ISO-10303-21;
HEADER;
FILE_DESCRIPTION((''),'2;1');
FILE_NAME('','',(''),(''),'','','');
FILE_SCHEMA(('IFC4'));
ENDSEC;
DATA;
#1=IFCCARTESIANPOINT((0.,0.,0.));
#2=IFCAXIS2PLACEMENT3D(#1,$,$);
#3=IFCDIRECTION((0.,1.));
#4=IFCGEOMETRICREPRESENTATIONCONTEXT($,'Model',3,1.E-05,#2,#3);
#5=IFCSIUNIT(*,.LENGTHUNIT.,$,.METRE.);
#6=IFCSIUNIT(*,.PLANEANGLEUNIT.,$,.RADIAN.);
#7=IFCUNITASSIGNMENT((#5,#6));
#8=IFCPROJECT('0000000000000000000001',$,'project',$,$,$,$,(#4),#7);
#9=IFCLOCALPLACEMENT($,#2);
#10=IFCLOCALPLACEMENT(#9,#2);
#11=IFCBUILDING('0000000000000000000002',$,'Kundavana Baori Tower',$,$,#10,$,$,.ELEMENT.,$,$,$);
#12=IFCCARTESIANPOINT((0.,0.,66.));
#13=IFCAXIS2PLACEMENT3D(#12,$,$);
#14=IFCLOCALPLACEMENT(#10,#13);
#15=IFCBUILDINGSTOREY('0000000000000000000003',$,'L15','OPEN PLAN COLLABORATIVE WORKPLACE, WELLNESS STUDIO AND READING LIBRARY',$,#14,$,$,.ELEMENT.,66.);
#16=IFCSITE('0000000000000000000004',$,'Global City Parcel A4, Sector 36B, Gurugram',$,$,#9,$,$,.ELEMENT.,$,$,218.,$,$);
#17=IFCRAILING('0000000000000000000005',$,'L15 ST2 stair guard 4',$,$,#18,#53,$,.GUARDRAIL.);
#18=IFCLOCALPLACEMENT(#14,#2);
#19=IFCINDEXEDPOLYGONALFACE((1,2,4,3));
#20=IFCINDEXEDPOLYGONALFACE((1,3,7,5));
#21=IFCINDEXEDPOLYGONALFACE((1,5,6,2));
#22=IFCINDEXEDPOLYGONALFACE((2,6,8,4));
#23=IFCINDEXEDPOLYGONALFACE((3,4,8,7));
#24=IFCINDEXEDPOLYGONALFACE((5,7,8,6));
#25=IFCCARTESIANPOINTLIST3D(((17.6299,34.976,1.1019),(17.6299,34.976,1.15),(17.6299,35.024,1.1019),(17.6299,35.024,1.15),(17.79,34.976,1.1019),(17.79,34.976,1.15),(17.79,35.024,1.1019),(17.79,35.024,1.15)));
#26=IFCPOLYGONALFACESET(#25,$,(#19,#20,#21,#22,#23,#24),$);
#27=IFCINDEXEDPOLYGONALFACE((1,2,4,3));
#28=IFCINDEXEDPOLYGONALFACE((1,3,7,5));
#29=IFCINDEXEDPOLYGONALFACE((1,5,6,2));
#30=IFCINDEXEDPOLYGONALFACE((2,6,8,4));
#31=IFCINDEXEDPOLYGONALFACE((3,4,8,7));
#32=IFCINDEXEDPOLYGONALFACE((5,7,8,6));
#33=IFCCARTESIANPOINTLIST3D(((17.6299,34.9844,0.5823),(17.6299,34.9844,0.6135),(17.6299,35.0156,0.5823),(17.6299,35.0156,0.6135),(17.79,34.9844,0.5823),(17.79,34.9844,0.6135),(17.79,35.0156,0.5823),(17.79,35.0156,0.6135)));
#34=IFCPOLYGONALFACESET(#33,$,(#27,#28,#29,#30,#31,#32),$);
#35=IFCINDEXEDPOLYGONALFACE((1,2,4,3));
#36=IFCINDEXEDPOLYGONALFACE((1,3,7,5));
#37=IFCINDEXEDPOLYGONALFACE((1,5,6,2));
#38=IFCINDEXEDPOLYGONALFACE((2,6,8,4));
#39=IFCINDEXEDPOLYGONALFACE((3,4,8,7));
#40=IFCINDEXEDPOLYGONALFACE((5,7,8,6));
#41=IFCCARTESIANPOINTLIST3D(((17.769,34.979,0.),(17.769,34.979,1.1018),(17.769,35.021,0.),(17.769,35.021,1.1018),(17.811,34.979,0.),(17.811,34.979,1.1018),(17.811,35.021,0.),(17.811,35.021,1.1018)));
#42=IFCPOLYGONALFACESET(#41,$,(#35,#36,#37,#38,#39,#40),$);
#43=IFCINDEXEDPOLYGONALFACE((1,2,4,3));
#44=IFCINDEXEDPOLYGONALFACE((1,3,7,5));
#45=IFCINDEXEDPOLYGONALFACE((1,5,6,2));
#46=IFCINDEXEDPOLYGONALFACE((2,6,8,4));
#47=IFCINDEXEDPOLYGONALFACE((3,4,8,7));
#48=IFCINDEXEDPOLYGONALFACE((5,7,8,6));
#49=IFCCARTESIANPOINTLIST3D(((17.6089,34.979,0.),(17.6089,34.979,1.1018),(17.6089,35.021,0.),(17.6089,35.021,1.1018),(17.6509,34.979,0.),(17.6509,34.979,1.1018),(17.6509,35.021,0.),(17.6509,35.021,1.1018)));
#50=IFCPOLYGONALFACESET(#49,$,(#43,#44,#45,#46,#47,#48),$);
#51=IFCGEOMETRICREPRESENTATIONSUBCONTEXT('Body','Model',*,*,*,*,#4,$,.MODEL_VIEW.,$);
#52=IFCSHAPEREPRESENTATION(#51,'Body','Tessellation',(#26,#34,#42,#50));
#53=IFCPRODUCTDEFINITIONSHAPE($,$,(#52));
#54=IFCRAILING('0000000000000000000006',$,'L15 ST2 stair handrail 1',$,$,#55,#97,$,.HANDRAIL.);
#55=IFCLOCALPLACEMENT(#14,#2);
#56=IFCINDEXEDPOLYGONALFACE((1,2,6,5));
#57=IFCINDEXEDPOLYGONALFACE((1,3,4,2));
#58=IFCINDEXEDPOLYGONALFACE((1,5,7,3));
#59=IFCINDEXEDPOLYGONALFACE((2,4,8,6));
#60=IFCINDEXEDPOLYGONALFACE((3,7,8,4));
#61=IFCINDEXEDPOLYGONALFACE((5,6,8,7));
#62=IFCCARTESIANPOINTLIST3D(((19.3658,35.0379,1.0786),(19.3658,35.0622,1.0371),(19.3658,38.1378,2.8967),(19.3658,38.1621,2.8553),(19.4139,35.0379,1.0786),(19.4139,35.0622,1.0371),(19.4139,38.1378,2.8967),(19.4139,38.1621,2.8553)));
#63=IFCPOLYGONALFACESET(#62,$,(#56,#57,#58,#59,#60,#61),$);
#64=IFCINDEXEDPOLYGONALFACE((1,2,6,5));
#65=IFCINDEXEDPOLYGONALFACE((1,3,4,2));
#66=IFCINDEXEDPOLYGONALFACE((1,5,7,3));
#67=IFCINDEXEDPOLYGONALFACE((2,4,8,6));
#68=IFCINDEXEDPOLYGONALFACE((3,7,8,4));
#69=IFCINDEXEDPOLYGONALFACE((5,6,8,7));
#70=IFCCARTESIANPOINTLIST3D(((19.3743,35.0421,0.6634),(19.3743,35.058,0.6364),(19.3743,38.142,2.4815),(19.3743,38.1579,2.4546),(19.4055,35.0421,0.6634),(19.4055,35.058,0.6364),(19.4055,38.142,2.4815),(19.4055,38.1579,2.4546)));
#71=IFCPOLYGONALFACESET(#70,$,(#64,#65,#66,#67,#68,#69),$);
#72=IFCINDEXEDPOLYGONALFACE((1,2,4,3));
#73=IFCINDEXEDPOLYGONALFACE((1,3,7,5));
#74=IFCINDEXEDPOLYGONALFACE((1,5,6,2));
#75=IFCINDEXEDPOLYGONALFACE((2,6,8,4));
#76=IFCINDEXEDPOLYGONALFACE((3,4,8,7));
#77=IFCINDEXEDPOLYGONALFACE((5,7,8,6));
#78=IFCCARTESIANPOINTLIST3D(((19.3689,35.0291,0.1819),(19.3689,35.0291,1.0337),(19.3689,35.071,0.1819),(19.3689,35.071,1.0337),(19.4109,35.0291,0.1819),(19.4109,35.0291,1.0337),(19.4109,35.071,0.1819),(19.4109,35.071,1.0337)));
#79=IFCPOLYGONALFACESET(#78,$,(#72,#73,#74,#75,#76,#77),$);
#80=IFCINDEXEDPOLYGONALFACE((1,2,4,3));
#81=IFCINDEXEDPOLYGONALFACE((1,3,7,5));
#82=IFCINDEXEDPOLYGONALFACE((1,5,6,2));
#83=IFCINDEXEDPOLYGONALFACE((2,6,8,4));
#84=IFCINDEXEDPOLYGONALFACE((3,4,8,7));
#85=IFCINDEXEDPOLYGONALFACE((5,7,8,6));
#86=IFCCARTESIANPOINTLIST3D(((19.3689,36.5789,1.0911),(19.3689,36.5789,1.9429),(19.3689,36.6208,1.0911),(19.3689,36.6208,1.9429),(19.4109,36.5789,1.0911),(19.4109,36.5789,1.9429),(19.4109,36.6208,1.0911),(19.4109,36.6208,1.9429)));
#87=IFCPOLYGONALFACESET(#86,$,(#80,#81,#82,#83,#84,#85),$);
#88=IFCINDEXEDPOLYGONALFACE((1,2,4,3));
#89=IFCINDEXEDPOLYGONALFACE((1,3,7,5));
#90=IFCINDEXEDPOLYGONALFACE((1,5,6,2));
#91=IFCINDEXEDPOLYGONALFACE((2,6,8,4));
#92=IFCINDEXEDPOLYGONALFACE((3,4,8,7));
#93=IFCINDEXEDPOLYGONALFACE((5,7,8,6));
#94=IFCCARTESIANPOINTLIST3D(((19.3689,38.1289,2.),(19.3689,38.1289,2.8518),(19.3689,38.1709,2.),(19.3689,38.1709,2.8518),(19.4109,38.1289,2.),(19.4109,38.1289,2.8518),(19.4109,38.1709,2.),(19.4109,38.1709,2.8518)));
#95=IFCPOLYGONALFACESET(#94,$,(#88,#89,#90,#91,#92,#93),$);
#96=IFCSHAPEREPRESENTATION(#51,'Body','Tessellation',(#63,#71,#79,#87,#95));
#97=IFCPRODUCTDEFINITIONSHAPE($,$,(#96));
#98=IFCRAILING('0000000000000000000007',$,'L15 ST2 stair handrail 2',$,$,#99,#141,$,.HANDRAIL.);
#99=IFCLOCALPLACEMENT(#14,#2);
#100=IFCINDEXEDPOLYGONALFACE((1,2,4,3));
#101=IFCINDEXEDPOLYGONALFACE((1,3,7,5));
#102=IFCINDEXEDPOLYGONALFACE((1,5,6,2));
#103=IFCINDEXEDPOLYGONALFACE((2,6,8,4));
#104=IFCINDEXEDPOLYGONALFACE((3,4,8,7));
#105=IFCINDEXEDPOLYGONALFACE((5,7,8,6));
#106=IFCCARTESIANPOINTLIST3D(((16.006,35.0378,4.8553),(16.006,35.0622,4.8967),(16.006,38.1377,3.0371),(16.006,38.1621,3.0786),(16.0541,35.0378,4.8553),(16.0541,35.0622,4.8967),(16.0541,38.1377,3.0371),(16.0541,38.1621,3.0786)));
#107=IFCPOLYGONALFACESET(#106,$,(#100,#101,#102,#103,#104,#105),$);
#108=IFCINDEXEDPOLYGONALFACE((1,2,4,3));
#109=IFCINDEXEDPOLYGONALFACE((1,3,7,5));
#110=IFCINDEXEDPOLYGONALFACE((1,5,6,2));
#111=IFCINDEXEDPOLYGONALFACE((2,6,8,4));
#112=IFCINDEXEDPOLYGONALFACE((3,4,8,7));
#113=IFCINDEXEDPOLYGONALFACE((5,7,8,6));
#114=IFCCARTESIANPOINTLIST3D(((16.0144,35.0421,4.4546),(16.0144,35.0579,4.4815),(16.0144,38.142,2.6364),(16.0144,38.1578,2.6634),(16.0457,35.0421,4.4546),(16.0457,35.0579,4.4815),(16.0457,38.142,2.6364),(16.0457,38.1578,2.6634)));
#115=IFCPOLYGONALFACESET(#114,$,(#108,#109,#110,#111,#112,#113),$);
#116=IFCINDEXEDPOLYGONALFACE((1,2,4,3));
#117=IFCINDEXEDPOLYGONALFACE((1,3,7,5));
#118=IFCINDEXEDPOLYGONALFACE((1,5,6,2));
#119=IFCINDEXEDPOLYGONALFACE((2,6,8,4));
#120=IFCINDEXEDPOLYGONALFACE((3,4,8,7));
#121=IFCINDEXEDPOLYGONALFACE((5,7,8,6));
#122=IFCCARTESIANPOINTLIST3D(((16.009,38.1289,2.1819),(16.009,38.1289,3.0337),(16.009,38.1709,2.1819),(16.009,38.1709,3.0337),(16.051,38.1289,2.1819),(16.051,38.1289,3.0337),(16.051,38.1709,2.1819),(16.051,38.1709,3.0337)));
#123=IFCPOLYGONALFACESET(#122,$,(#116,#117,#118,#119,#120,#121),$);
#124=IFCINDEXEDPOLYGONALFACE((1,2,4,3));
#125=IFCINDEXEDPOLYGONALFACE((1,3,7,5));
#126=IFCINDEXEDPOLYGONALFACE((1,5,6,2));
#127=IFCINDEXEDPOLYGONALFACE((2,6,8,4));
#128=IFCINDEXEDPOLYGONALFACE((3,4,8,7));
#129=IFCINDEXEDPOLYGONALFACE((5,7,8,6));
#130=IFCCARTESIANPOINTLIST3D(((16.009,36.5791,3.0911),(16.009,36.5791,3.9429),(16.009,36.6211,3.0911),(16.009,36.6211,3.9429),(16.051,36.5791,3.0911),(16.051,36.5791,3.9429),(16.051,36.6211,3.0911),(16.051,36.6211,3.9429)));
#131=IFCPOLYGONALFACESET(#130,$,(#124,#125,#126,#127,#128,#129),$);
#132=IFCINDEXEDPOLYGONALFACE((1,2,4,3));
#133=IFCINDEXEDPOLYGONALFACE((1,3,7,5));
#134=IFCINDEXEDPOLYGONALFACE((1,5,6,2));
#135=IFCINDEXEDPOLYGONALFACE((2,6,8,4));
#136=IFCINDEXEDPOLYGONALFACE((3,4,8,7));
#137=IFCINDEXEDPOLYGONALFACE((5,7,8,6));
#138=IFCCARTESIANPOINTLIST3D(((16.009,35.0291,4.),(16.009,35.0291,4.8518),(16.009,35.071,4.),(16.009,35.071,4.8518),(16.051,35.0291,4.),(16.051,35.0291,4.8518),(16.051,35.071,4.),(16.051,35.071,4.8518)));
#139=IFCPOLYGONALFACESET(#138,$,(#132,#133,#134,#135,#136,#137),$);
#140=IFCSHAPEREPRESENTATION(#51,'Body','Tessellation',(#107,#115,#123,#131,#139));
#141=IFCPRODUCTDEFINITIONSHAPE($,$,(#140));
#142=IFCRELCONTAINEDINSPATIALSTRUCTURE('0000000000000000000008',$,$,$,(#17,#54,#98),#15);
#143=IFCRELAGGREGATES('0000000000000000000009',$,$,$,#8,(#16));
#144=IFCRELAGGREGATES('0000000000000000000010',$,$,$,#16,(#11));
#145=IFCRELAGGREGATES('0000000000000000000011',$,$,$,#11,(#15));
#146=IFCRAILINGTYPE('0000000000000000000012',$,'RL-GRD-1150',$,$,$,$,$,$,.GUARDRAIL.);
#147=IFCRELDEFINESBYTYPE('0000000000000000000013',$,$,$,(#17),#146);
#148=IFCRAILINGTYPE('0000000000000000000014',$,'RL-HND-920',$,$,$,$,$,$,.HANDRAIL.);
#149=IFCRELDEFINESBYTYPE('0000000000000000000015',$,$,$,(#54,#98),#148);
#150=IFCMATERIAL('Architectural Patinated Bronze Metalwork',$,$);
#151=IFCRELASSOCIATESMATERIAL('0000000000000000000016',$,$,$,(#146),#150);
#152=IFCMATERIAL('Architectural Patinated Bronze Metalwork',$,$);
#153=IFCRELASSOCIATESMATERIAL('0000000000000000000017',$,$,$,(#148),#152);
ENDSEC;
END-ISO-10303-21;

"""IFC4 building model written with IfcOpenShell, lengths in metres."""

from ifc_helpers import new_model, si_unit, direction, frame, origin, origin_2d, place, context, subcontext, project, spatial, rectangle, extrude, material, type_object, element, save


model = new_model("IFC4")

# Units and contexts
model_context = context("Model", 3, precision=1e-05, world=origin(), true_north=direction((0.0, 1.0)))
body_context = subcontext(model_context, "Body", "Model", "MODEL_VIEW")
ifc_project = project(units=[si_unit("LENGTHUNIT", "METRE"), si_unit("PLANEANGLEUNIT", "RADIAN")], contexts=[model_context])

# Site, building, storey
site_placement = place(None, origin())
site = spatial("IfcSite", under=ifc_project, at=site_placement, Name="Global City Parcel A4, Sector 36B, Gurugram", CompositionType="ELEMENT", RefElevation=218.0)
building_placement = place(site_placement, origin())
building = spatial("IfcBuilding", under=site, at=building_placement, Name="Kundavana Baori Tower", CompositionType="ELEMENT")
storey_placement = place(building_placement, frame((0.0, 0.0, 66.0)))
storey = spatial("IfcBuildingStorey", under=building, at=storey_placement, Name="L15", Description="OPEN PLAN COLLABORATIVE WORKPLACE, WELLNESS STUDIO AND READING LIBRARY", CompositionType="ELEMENT", Elevation=66.0)

# Railings
ifc_material_1 = material(Name="Architectural Patinated Bronze Metalwork")
railing_type_1 = type_object("IfcRailingType", Name="RL-GRD-1150", PredefinedType="GUARDRAIL", material=ifc_material_1)
railing_1_placement = place(storey_placement, frame((17.79, 35.0, 0.0)))
element("IfcRailing", 1, at=railing_1_placement, inside=storey, type_object=railing_type_1, Name="L15 ST2 stair guard 4", PredefinedType="GUARDRAIL", context=body_context, shape_type="SweptSolid", body=[
    extrude(rectangle(XDim=0.0481, YDim=0.0481, at=origin_2d()), frame((0.0, 0.0, 1.126), z_axis=(-1.0, 0.0, 0.0), x_axis=(0.0, -1.0, 0.0)), (0.0, 0.0, 1.0), 0.1602),
    extrude(rectangle(XDim=0.0312, YDim=0.0312, at=origin_2d()), frame((0.0, 0.0, 0.5979), z_axis=(-1.0, 0.0, 0.0), x_axis=(0.0, -1.0, 0.0)), (0.0, 0.0, 1.0), 0.1602),
    extrude(rectangle(XDim=0.042, YDim=0.042, at=origin_2d()), origin(), (0.0, 0.0, 1.0), 1.1018),
    extrude(rectangle(XDim=0.042, YDim=0.042, at=origin_2d()), frame((-0.1602, 0.0, 0.0)), (0.0, 0.0, 1.0), 1.1018),
])
ifc_material_2 = material(Name="Architectural Patinated Bronze Metalwork")
railing_type_2 = type_object("IfcRailingType", Name="RL-HND-920", PredefinedType="HANDRAIL", material=ifc_material_2)
railing_2_placement = place(storey_placement, frame((19.3899, 35.05, 0.1819)))
element("IfcRailing", 2, at=railing_2_placement, inside=storey, type_object=railing_type_2, Name="L15 ST2 stair handrail 1", PredefinedType="HANDRAIL", context=body_context, shape_type="SweptSolid", body=[
    extrude(rectangle(XDim=0.0481, YDim=0.0481, at=origin_2d()), frame((0.0, 0.0, 0.876), z_axis=(0.0, 0.862581, 0.505918), x_axis=(-1.0, 0.0, 0.0)), (0.0, 0.0, 1.0), 3.5938),
    extrude(rectangle(XDim=0.0312, YDim=0.0312, at=origin_2d()), frame((0.0, 0.0, 0.468), z_axis=(0.0, 0.862581, 0.505918), x_axis=(-1.0, 0.0, 0.0)), (0.0, 0.0, 1.0), 3.5938),
    extrude(rectangle(XDim=0.042, YDim=0.042, at=origin_2d()), origin(), (0.0, 0.0, 1.0), 0.8518),
    extrude(rectangle(XDim=0.042, YDim=0.042, at=origin_2d()), frame((0.0, 1.5498, 0.9092)), (0.0, 0.0, 1.0), 0.8518),
    extrude(rectangle(XDim=0.042, YDim=0.042, at=origin_2d()), frame((0.0, 3.0999, 1.8181)), (0.0, 0.0, 1.0), 0.8518),
])
railing_3_placement = place(storey_placement, frame((16.03, 38.1499, 2.1819)))
element("IfcRailing", 3, at=railing_3_placement, inside=storey, type_object=railing_type_2, Name="L15 ST2 stair handrail 2", PredefinedType="HANDRAIL", context=body_context, shape_type="SweptSolid", body=[
    extrude(rectangle(XDim=0.0481, YDim=0.0481, at=origin_2d()), frame((0.0, 0.0, 0.876), z_axis=(0.0, -0.862581, 0.505918), x_axis=(1.0, 0.0, 0.0)), (0.0, 0.0, 1.0), 3.5938),
    extrude(rectangle(XDim=0.0312, YDim=0.0312, at=origin_2d()), frame((0.0, 0.0, 0.468), z_axis=(0.0, -0.862581, 0.505918), x_axis=(1.0, 0.0, 0.0)), (0.0, 0.0, 1.0), 3.5938),
    extrude(rectangle(XDim=0.042, YDim=0.042, at=origin_2d()), origin(), (0.0, 0.0, 1.0), 0.8518),
    extrude(rectangle(XDim=0.042, YDim=0.042, at=origin_2d()), frame((0.0, -1.5498, 0.9092)), (0.0, 0.0, 1.0), 0.8518),
    extrude(rectangle(XDim=0.042, YDim=0.042, at=origin_2d()), frame((0.0, -3.0999, 1.8181)), (0.0, 0.0, 1.0), 0.8518),
])

save(model, "model.ifc")
